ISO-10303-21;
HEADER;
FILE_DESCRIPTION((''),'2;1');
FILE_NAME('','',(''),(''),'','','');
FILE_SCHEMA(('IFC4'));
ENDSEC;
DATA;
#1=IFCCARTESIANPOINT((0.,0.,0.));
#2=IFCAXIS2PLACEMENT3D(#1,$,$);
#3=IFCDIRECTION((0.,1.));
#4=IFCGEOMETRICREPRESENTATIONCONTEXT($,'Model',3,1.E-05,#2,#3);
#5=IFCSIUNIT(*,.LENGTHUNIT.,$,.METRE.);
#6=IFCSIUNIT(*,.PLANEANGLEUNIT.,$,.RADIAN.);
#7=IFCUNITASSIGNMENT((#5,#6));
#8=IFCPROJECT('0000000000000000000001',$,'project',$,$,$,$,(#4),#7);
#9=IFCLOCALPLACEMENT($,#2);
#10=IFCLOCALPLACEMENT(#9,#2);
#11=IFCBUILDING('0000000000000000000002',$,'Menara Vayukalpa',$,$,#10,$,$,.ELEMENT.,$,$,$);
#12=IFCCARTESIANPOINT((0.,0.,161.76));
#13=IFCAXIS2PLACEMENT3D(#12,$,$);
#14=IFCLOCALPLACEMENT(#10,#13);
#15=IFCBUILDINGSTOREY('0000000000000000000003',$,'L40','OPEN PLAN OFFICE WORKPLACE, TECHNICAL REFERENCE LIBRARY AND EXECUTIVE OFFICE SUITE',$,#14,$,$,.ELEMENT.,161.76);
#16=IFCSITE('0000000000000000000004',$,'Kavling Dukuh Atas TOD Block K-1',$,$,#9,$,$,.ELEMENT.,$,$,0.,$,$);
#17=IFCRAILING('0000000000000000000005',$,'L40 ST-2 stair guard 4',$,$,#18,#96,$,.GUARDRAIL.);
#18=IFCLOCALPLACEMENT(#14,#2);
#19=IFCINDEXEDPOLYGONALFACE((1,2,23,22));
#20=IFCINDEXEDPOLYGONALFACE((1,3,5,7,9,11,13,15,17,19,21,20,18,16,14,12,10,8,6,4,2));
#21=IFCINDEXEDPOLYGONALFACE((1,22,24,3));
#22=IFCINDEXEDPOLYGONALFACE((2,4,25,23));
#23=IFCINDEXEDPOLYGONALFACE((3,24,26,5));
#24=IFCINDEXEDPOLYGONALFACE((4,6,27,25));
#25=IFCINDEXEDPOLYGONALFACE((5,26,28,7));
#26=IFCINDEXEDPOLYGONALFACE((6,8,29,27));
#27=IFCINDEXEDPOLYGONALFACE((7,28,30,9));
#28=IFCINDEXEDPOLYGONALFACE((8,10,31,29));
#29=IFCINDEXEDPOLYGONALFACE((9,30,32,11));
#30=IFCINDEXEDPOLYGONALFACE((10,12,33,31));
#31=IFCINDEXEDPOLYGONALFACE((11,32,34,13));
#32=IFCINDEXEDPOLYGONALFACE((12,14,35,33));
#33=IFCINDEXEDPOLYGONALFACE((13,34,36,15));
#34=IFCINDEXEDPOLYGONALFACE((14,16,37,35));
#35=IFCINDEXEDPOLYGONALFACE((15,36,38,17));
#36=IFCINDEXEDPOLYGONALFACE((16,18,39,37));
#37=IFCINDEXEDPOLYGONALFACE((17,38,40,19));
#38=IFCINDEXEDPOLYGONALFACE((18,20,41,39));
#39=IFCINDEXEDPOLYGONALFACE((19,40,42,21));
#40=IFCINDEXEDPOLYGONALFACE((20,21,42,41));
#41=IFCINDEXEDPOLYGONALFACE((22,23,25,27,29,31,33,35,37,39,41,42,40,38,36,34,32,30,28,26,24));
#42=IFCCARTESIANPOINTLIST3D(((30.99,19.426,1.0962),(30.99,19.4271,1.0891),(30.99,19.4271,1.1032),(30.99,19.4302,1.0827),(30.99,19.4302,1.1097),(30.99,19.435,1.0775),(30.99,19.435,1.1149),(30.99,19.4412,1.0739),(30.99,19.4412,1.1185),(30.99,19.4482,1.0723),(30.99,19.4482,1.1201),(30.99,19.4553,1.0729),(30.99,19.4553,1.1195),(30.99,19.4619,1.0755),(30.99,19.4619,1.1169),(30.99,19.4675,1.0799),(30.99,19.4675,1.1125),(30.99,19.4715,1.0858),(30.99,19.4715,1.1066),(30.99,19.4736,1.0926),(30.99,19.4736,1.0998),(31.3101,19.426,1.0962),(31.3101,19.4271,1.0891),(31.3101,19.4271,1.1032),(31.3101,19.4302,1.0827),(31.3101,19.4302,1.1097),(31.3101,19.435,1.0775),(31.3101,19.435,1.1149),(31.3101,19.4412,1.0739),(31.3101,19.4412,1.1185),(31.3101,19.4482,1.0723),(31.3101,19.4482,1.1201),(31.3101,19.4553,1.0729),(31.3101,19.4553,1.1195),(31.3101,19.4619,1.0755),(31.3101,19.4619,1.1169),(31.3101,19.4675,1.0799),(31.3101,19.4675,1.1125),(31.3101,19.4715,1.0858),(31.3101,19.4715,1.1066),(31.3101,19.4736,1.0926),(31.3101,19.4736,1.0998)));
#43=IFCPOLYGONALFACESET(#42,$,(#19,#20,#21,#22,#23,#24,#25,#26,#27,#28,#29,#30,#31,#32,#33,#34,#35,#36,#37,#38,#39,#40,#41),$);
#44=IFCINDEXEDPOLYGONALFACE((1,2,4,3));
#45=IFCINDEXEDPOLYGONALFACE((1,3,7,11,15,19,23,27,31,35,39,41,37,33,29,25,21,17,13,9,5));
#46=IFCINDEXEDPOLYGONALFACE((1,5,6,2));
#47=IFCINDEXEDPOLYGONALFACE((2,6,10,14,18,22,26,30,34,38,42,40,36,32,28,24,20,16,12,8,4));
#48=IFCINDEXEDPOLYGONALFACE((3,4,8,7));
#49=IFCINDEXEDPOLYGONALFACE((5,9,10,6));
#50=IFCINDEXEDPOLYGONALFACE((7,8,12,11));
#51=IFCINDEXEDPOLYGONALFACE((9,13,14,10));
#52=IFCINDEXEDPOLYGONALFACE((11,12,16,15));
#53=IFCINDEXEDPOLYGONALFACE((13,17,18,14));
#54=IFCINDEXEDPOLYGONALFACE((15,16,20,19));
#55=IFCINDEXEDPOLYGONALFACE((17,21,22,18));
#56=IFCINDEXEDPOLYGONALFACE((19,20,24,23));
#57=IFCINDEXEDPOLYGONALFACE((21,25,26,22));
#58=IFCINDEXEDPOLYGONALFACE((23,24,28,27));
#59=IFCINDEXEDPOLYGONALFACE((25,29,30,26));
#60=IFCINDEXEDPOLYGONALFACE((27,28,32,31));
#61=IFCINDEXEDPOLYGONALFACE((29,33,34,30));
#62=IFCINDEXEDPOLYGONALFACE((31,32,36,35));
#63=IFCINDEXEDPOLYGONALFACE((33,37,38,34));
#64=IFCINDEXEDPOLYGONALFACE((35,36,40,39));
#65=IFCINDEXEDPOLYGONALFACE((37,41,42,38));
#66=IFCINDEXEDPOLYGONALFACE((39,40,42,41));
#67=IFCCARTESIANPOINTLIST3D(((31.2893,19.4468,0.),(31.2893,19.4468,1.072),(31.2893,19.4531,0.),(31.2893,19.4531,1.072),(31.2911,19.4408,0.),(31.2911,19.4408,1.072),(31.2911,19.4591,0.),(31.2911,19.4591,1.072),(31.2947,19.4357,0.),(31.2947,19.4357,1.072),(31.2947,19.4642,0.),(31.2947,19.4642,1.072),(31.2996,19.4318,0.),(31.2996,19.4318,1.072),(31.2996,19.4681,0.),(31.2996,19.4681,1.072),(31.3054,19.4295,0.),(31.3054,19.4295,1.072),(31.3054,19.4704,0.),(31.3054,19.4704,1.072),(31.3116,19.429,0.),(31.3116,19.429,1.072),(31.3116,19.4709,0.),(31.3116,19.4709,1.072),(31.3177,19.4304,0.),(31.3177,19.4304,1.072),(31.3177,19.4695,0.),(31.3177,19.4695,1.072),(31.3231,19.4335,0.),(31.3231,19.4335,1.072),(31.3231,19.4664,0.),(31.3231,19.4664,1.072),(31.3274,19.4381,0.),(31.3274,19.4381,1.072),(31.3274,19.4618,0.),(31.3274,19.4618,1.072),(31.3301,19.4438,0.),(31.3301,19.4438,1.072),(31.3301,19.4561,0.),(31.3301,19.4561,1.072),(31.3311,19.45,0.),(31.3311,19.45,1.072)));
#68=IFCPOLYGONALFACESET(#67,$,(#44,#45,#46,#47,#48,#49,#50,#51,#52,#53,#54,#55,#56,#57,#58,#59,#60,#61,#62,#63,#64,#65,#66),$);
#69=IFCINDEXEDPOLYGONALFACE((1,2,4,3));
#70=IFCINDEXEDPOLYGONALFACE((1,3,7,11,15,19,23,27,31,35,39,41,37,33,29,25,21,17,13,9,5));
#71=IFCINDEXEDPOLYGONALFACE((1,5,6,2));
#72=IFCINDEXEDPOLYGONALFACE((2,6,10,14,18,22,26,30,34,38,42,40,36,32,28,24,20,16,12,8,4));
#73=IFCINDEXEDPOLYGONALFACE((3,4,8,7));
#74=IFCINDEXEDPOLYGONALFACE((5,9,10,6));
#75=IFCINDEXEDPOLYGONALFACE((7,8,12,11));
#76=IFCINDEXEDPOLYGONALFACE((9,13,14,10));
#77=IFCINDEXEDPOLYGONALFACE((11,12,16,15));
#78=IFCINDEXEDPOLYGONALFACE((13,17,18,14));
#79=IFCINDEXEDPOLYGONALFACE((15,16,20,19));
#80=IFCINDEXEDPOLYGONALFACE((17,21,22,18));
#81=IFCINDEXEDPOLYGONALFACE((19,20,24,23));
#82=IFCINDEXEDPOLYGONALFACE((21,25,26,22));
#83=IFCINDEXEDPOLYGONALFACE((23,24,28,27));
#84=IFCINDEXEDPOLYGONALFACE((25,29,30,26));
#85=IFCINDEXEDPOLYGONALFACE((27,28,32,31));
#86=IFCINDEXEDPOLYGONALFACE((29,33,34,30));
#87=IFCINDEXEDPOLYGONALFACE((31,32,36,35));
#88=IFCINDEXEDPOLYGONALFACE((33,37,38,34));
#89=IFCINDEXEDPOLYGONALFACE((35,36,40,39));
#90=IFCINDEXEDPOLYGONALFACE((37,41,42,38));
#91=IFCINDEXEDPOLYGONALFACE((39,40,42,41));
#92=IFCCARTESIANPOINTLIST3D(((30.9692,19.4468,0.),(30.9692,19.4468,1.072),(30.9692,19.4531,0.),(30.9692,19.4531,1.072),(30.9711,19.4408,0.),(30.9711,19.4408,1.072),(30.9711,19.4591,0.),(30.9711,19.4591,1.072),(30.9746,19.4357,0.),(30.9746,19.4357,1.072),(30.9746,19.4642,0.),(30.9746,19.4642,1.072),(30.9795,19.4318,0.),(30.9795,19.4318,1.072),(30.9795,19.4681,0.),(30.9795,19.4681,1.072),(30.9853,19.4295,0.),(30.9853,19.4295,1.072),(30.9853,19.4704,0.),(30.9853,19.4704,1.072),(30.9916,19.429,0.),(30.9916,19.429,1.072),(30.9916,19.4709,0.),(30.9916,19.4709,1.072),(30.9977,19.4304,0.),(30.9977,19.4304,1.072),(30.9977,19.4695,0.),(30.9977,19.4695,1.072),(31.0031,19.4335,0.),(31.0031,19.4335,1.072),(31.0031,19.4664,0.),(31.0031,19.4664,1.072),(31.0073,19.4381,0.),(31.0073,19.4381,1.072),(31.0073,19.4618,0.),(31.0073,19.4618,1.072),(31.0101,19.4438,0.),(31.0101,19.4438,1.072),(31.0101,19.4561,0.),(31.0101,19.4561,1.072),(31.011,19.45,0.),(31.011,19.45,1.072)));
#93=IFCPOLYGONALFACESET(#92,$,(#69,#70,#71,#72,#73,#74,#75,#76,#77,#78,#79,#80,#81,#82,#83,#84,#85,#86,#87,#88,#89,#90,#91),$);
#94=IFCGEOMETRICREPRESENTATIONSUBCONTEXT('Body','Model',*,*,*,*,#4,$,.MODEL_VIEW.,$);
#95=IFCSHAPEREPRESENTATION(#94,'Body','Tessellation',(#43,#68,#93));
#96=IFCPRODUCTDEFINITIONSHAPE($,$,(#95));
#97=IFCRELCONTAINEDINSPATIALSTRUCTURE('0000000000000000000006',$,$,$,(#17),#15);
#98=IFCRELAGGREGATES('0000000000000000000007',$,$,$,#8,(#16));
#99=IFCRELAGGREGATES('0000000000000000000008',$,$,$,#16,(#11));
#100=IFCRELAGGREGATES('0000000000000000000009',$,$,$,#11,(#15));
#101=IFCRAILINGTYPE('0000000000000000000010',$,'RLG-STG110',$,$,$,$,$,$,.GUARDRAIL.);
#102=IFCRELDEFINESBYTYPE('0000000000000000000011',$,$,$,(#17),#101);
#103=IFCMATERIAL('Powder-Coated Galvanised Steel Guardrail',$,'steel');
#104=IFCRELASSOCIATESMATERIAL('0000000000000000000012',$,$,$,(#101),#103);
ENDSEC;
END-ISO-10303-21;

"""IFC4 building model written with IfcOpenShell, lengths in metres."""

from ifc_helpers import new_model, si_unit, direction, frame, origin, origin_2d, place, context, subcontext, project, spatial, circle, extrude, material, type_object, element, save


model = new_model("IFC4")

# Units and contexts
model_context = context("Model", 3, precision=1e-05, world=origin(), true_north=direction((0.0, 1.0)))
body_context = subcontext(model_context, "Body", "Model", "MODEL_VIEW")
ifc_project = project(units=[si_unit("LENGTHUNIT", "METRE"), si_unit("PLANEANGLEUNIT", "RADIAN")], contexts=[model_context])

# Site, building, storey
site_placement = place(None, origin())
site = spatial("IfcSite", under=ifc_project, at=site_placement, Name="Kavling Dukuh Atas TOD Block K-1", CompositionType="ELEMENT", RefElevation=0.0)
building_placement = place(site_placement, origin())
building = spatial("IfcBuilding", under=site, at=building_placement, Name="Menara Vayukalpa", CompositionType="ELEMENT")
storey_placement = place(building_placement, frame((0.0, 0.0, 161.76)))
storey = spatial("IfcBuildingStorey", under=building, at=storey_placement, Name="L40", Description="OPEN PLAN OFFICE WORKPLACE, TECHNICAL REFERENCE LIBRARY AND EXECUTIVE OFFICE SUITE", CompositionType="ELEMENT", Elevation=161.76)

# Railing
ifc_material_1 = material(Name="Powder-Coated Galvanised Steel Guardrail", Category="steel")
railing_type = type_object("IfcRailingType", Name="RLG-STG110", PredefinedType="GUARDRAIL", material=ifc_material_1)
railing_1_placement = place(storey_placement, frame((31.3101, 19.45, 0.0)))
element("IfcRailing", 1, at=railing_1_placement, inside=storey, type_object=railing_type, Name="L40 ST-2 stair guard 4", PredefinedType="GUARDRAIL", context=body_context, shape_type="SweptSolid", body=[
    extrude(circle(Radius=0.0239, at=origin_2d()), frame((0.0, 0.0, 1.0962), z_axis=(-1.0, 0.0, 0.0), x_axis=(0.0, -1.0, 0.0)), (0.0, 0.0, 1.0), 0.3201),
    extrude(circle(Radius=0.021, at=origin_2d()), origin(), (0.0, 0.0, 1.0), 1.072),
    extrude(circle(Radius=0.021, at=origin_2d()), frame((-0.3201, 0.0, 0.0)), (0.0, 0.0, 1.0), 1.072),
])

save(model, "model.ifc")
